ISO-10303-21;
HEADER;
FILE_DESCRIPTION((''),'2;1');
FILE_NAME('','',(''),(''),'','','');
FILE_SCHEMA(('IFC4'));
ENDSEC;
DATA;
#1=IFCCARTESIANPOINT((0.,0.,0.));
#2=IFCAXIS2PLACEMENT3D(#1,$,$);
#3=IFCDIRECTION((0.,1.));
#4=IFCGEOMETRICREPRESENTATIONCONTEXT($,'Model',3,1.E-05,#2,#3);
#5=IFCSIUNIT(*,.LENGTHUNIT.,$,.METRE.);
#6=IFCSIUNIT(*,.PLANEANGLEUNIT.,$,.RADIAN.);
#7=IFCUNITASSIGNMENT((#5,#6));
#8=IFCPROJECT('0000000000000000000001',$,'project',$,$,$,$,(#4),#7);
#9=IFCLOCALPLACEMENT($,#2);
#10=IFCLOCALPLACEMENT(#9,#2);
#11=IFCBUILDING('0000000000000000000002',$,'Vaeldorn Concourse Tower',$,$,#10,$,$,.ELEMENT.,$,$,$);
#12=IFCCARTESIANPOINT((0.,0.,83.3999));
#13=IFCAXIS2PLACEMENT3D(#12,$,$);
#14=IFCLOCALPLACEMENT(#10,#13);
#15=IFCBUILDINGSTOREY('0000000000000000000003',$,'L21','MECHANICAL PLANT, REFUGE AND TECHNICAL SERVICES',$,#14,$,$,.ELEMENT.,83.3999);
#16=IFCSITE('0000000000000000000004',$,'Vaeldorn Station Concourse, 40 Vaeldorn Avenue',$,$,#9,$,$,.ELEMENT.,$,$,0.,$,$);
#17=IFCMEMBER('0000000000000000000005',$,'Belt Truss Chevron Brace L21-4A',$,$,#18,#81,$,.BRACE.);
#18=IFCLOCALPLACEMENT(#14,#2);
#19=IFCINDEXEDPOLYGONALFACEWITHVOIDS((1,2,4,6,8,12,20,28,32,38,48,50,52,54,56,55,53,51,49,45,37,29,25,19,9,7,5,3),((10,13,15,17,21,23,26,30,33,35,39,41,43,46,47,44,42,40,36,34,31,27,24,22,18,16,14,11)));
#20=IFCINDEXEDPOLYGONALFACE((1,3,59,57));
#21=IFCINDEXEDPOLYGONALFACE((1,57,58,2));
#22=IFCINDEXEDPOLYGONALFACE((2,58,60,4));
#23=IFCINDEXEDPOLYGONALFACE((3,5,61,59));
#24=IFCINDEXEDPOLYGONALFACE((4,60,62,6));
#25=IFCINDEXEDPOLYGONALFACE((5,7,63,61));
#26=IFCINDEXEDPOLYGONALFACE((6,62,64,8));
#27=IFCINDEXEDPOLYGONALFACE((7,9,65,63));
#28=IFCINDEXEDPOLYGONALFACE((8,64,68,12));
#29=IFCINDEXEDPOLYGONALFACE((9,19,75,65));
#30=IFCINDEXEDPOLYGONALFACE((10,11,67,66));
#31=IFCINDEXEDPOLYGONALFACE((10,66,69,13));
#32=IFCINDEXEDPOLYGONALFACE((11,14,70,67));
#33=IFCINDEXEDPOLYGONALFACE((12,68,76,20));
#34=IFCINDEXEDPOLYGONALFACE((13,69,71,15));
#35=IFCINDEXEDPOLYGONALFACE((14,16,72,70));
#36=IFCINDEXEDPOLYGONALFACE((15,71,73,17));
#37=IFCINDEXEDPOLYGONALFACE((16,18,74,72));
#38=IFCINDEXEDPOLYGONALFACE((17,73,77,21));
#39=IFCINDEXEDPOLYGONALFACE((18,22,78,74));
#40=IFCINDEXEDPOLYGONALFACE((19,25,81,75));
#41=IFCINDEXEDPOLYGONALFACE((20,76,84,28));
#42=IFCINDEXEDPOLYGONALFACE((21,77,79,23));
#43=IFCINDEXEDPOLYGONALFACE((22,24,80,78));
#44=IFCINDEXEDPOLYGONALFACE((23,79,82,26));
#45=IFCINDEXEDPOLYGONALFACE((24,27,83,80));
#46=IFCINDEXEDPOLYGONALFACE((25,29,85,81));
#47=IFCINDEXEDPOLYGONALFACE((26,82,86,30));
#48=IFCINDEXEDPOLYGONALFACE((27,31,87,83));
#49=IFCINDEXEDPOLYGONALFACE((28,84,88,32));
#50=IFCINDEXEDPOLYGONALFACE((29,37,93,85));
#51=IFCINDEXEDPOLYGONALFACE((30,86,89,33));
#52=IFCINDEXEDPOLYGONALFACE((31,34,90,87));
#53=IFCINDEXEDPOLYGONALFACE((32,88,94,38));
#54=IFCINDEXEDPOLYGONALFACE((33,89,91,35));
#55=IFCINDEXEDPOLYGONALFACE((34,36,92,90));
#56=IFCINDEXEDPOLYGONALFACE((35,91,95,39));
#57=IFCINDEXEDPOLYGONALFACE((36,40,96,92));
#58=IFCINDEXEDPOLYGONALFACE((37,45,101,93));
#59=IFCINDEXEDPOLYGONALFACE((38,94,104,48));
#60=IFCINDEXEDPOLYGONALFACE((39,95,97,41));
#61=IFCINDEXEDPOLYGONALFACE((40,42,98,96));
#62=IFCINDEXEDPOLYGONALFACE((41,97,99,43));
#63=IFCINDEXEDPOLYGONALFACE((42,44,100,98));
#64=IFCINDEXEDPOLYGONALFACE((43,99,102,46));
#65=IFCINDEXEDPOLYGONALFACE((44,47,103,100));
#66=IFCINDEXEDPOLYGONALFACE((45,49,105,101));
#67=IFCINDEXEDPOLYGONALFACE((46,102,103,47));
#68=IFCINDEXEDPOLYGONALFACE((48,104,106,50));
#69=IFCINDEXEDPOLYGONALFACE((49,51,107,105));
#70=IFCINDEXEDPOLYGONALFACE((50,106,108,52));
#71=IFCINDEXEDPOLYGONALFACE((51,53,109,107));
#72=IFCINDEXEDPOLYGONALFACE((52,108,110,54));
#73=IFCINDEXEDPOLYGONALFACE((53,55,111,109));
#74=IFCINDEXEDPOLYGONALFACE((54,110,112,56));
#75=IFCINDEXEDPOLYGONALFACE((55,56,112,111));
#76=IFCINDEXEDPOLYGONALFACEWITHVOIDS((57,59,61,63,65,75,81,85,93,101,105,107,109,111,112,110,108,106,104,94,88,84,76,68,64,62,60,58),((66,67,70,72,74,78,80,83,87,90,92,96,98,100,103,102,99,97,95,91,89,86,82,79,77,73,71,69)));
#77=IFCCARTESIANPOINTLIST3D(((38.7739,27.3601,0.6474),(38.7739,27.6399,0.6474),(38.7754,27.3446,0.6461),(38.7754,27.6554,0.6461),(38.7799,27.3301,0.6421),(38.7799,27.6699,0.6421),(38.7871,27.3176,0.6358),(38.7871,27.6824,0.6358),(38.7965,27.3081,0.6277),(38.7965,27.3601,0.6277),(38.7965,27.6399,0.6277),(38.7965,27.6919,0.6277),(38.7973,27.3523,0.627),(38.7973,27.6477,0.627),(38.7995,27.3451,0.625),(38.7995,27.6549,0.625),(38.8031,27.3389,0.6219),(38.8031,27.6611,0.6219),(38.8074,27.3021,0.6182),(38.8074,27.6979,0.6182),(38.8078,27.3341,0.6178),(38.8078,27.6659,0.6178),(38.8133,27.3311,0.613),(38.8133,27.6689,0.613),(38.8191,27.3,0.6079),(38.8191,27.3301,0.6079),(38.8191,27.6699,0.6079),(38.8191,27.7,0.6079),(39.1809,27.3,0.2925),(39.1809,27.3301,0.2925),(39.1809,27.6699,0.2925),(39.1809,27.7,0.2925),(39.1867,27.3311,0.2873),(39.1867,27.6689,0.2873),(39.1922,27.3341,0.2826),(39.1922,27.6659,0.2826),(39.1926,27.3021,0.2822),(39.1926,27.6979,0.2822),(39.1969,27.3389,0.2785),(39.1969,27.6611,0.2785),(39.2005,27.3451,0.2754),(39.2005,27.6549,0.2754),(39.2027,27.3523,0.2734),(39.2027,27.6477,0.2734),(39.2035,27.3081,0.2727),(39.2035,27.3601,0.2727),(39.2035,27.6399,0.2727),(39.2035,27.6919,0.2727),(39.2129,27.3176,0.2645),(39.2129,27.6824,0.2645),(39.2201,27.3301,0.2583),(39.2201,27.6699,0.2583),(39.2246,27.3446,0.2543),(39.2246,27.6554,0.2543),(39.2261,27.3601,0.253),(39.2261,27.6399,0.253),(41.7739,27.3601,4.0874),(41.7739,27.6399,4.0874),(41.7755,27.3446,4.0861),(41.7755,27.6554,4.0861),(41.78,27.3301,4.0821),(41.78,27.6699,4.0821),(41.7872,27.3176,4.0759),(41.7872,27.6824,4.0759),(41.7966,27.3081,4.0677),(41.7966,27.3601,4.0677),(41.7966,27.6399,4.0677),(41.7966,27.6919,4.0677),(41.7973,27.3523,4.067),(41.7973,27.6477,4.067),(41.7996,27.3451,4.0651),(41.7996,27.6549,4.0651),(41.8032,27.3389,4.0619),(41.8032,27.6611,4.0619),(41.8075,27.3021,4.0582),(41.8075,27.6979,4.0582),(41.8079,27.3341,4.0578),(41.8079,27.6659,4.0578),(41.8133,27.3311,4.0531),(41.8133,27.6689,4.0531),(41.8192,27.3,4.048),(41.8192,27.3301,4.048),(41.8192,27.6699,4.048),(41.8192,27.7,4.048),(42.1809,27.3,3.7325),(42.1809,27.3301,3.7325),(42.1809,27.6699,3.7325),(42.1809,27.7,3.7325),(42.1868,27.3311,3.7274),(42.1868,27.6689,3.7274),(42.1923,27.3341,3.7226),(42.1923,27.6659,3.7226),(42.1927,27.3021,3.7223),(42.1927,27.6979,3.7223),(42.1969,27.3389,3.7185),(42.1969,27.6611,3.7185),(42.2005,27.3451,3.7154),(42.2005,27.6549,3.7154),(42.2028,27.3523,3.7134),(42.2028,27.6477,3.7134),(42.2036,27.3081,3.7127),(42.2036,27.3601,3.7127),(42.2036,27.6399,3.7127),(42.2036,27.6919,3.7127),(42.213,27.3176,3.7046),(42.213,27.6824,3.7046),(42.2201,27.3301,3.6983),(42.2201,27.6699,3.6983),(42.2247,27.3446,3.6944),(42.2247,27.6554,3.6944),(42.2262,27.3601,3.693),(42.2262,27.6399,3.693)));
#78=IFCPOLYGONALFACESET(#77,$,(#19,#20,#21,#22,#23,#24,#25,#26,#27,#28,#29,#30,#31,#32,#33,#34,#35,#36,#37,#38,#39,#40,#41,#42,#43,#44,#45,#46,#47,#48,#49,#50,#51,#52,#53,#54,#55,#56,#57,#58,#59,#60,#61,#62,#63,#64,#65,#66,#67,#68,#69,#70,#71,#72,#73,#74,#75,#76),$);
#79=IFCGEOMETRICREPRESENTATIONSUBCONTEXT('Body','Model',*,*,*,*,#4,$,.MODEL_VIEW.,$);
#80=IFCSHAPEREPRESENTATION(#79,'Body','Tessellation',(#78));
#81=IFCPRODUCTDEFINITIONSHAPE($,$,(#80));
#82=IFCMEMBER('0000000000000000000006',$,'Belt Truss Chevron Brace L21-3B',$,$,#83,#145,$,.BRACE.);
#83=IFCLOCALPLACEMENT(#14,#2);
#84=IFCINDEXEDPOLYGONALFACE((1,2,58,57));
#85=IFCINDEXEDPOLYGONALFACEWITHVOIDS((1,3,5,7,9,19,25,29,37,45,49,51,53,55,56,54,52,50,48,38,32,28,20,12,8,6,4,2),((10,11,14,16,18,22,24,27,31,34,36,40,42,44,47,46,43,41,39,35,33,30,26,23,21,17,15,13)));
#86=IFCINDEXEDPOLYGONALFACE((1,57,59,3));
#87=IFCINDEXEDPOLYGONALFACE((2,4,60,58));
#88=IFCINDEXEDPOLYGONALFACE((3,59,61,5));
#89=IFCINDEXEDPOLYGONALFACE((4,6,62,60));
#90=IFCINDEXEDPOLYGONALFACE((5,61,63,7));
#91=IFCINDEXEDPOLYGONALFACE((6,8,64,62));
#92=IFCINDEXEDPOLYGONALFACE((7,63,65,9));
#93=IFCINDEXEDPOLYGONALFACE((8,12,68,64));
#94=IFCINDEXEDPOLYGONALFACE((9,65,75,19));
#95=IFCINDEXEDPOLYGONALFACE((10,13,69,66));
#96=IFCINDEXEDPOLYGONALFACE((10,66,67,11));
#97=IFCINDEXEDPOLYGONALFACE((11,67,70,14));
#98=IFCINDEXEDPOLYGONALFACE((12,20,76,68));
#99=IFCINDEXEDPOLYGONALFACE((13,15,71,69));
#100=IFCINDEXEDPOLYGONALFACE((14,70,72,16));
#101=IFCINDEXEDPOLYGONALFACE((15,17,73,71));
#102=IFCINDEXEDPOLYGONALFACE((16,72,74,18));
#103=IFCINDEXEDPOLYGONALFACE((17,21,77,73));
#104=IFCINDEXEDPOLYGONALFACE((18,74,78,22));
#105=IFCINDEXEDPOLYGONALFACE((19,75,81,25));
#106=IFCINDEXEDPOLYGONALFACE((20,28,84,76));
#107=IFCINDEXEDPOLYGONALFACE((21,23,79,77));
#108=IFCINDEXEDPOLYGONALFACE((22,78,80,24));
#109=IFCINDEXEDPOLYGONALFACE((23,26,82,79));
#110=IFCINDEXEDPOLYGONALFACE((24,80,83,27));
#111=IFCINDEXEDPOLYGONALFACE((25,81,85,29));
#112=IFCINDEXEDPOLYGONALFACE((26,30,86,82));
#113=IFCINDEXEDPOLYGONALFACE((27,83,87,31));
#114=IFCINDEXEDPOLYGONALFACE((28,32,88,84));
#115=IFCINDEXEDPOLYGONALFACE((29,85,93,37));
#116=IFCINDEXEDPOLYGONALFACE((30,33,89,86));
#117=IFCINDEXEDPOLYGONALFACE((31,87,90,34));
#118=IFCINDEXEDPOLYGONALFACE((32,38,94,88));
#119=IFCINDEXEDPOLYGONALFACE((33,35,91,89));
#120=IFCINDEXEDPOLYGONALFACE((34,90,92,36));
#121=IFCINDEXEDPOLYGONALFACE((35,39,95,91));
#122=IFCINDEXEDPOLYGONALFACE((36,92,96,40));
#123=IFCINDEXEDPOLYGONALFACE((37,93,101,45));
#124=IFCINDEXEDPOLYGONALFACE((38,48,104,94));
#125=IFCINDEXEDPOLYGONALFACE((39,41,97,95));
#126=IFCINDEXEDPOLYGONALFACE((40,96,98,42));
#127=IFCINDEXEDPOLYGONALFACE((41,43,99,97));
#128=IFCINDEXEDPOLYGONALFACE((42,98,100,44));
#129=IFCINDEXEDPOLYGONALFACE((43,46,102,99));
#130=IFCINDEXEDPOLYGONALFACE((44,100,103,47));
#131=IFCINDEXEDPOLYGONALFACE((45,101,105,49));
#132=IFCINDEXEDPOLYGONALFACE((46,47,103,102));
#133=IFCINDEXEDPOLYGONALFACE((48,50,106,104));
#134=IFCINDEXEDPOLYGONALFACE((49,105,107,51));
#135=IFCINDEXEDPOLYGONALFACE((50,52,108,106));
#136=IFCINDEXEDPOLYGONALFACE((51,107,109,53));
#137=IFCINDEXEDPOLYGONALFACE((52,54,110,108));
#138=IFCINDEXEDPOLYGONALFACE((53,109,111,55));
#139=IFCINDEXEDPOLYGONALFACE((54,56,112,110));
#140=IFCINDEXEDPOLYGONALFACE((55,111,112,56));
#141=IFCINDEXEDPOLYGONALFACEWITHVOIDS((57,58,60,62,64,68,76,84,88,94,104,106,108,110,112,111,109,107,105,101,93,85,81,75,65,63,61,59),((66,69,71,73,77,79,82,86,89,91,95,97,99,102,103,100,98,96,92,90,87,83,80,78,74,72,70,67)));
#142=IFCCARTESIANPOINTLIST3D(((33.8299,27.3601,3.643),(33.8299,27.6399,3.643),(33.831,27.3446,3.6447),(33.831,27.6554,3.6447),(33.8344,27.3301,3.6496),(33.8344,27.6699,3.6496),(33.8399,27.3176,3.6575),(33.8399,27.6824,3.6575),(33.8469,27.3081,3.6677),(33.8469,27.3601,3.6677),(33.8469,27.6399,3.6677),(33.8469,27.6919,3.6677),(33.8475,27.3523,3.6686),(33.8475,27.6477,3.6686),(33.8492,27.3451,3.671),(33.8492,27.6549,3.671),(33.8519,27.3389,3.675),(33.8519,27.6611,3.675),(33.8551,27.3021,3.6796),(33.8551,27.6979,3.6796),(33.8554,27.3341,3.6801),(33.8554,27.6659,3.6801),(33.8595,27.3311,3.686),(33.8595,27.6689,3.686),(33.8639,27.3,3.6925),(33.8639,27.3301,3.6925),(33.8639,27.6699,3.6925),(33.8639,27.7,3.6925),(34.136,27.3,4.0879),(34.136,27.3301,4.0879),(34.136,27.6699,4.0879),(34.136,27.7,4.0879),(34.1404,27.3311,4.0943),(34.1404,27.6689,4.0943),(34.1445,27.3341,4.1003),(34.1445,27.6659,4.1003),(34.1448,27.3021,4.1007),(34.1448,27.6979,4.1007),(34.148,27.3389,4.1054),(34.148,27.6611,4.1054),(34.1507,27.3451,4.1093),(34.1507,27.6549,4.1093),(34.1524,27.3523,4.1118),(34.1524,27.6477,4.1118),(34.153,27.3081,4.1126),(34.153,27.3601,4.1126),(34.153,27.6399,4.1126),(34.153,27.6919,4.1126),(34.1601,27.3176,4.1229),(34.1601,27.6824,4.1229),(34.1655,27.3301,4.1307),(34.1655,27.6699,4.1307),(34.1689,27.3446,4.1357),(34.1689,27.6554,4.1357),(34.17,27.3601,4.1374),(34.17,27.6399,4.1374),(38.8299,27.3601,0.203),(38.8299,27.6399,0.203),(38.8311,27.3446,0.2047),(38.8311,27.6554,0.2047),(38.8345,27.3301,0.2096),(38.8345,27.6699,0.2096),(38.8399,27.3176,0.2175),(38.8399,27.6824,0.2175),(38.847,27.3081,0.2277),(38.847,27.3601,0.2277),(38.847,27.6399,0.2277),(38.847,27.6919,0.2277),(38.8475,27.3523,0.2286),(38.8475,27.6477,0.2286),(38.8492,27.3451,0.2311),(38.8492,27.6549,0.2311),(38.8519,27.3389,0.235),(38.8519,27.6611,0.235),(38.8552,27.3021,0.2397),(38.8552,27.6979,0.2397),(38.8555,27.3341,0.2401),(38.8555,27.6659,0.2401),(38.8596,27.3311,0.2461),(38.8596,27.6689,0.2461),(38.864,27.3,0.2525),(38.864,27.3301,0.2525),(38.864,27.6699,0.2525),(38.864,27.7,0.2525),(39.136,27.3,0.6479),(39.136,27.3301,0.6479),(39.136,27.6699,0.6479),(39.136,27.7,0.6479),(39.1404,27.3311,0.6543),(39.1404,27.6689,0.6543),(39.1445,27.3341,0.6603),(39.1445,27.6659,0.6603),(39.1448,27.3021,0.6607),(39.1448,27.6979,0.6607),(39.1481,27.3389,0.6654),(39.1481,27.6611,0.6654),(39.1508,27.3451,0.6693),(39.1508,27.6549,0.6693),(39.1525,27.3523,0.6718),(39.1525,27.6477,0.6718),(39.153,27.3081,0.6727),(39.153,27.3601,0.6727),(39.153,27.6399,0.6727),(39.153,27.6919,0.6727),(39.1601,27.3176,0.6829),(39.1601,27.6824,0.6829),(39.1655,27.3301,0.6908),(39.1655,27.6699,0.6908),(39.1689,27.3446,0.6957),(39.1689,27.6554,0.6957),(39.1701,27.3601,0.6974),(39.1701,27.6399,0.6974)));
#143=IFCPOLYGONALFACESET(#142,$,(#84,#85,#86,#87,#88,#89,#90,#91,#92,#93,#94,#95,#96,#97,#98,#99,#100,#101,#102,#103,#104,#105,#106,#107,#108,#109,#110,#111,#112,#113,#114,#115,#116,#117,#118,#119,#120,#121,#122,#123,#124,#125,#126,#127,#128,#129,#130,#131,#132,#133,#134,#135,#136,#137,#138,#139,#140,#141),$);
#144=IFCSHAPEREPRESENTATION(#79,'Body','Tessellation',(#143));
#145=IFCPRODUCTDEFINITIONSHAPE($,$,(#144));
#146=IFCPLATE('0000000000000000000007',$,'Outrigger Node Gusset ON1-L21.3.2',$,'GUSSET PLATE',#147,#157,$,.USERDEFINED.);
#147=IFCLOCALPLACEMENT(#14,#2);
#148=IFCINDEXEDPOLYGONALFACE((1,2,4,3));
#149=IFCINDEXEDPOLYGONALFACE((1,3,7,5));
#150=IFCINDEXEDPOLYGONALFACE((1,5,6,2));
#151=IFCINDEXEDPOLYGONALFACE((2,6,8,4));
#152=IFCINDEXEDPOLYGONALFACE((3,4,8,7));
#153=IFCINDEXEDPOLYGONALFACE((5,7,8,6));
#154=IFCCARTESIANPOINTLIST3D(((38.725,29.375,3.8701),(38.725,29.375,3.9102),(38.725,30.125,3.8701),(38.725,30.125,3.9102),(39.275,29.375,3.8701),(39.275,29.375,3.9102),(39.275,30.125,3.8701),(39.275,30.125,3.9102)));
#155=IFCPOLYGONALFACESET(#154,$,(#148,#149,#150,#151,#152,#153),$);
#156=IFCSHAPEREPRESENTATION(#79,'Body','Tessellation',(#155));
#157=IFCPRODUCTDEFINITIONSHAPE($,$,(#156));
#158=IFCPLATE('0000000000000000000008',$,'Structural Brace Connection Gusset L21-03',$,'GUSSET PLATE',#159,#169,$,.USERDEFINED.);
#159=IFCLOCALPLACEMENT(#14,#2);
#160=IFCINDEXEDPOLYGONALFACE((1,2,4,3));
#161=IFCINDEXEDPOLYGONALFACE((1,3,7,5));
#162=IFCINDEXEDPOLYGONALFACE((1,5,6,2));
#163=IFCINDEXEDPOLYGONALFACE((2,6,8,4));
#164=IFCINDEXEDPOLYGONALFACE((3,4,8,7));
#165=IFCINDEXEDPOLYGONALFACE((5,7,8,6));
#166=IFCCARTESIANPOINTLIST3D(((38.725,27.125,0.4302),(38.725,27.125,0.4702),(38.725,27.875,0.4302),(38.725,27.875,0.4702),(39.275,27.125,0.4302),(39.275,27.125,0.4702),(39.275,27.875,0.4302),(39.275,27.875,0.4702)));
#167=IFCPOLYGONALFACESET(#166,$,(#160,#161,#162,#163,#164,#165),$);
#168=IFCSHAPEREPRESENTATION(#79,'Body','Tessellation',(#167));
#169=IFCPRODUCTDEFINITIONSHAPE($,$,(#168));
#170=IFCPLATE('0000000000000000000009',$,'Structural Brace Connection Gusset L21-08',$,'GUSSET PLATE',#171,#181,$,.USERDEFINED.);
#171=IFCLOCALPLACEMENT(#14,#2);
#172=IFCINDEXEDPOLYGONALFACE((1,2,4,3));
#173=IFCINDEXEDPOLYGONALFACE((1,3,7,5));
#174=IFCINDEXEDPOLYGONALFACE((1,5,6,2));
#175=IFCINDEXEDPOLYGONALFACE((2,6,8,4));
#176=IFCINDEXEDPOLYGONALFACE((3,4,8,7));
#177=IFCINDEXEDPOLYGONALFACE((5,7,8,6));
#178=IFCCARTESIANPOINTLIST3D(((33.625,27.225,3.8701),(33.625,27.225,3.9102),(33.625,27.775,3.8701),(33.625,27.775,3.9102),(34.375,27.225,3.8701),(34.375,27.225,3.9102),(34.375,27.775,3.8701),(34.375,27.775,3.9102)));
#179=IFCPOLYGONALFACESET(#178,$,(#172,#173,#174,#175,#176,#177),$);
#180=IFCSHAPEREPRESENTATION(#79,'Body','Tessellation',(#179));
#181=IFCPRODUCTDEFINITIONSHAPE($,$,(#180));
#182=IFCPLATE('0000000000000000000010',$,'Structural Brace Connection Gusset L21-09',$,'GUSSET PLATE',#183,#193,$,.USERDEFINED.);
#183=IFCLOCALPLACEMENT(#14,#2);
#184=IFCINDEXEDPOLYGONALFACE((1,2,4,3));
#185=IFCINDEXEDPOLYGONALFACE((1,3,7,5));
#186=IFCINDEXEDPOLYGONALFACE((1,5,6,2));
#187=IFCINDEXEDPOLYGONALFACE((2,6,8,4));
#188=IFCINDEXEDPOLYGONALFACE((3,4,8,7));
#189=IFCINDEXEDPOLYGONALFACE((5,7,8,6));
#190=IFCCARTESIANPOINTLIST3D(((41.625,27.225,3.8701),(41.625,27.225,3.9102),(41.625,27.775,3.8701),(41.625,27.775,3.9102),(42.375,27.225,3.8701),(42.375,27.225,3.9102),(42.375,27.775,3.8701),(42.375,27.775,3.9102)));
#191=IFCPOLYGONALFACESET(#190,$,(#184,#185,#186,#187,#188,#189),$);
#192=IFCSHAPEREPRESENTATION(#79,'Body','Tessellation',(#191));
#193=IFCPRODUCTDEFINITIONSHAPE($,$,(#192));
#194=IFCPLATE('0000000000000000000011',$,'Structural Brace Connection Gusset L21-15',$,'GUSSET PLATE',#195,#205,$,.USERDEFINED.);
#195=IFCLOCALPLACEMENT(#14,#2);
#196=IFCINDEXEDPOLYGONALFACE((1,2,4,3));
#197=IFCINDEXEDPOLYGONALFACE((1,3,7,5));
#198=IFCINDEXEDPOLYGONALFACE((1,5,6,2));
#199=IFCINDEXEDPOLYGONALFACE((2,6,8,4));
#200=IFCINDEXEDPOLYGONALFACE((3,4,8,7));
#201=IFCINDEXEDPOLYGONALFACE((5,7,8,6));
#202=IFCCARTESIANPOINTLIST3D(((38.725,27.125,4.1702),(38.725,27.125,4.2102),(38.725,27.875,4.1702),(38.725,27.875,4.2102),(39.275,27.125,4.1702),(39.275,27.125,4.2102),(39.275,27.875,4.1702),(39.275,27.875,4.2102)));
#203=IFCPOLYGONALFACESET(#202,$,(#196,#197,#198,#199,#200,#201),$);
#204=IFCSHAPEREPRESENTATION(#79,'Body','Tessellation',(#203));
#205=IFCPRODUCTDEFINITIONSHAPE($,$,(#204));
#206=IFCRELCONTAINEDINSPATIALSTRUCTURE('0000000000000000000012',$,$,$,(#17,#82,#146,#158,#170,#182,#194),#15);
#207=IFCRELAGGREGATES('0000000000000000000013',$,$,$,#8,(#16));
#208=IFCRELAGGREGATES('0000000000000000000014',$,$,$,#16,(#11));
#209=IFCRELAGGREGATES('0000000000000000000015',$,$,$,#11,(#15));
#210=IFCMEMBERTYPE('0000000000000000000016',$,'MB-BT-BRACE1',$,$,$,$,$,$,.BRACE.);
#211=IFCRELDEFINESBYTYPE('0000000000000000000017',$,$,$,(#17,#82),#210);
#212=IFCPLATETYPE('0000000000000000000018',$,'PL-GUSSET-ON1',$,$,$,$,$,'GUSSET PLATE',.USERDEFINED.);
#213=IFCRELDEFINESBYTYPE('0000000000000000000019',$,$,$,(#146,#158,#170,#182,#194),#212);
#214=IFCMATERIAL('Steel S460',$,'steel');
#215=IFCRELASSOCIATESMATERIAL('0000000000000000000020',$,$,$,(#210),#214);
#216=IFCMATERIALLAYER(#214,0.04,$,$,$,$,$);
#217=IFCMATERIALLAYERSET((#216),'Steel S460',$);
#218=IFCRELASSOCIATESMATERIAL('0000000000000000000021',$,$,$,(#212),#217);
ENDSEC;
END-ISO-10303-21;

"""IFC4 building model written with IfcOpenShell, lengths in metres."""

from ifc_helpers import new_model, si_unit, direction, frame, origin, origin_2d, place, context, subcontext, project, spatial, rectangle, hollow_rectangle, extrude, source, transform, mapped, material, layer, layer_set, material_profile, profile_set, type_object, element, save


model = new_model("IFC4")

# Units and contexts
model_context = context("Model", 3, precision=1e-05, world=origin(), true_north=direction((0.0, 1.0)))
body_context = subcontext(model_context, "Body", "Model", "MODEL_VIEW")
ifc_project = project(units=[si_unit("LENGTHUNIT", "METRE"), si_unit("PLANEANGLEUNIT", "RADIAN")], contexts=[model_context])

# Site, building, storey
site_placement = place(None, origin())
site = spatial("IfcSite", under=ifc_project, at=site_placement, Name="Vaeldorn Station Concourse, 40 Vaeldorn Avenue", CompositionType="ELEMENT", RefElevation=0.0)
building_placement = place(site_placement, origin())
building = spatial("IfcBuilding", under=site, at=building_placement, Name="Vaeldorn Concourse Tower", CompositionType="ELEMENT")
storey_placement = place(building_placement, frame((0.0, 0.0, 83.3999)))
storey = spatial("IfcBuildingStorey", under=building, at=storey_placement, Name="L21", Description="MECHANICAL PLANT, REFUGE AND TECHNICAL SERVICES", CompositionType="ELEMENT", Elevation=83.3999)

# Shared definitions
ifc_material_1 = material(Name="Steel S460", Category="steel")

# Members
ifc_material_profile_1 = material_profile(ifc_material_1, hollow_rectangle(XDim=0.3999, YDim=0.6001, WallThickness=0.03, InnerFilletRadius=0.03, OuterFilletRadius=0.0601, at=origin_2d()), Name="RHS 600x400x30")
ifc_profile_set_1 = profile_set([ifc_material_profile_1], Name="Steel S460")
member_type_1 = type_object("IfcMemberType", Name="MB-BT-BRACE1", PredefinedType="BRACE", material=ifc_profile_set_1)
shared_shape_1 = source(origin(), body_context, "Body", "SweptSolid", [
    extrude(hollow_rectangle(XDim=0.3999, YDim=0.6001, WallThickness=0.03, InnerFilletRadius=0.03, OuterFilletRadius=0.0601, at=origin_2d()), origin(), (0.0, 0.0, 1.0), 4.5645),
])
member_1_placement = place(storey_placement, frame((39.0, 27.5, 0.4502), z_axis=(0.657269, 0.0, 0.753656), x_axis=(0.0, 1.0, 0.0)))
element("IfcMember", 1, at=member_1_placement, inside=storey, type_object=member_type_1, Name="Belt Truss Chevron Brace L21-4A", PredefinedType="BRACE", context=body_context, shape_type="MappedRepresentation", body=[
    mapped(shared_shape_1, transform((0.0, 0.0, 0.0), scale=1.0)),
])
shared_shape_2 = source(origin(), body_context, "Body", "SweptSolid", [
    extrude(hollow_rectangle(XDim=0.3999, YDim=0.6001, WallThickness=0.03, InnerFilletRadius=0.03, OuterFilletRadius=0.0601, at=origin_2d()), origin(), (0.0, 0.0, 1.0), 6.0691),
])
member_2_placement = place(storey_placement, frame((39.0, 27.5, 0.4502), z_axis=(-0.823854, 0.0, 0.566802), x_axis=(0.0, -1.0, 0.0)))
element("IfcMember", 2, at=member_2_placement, inside=storey, type_object=member_type_1, Name="Belt Truss Chevron Brace L21-3B", PredefinedType="BRACE", context=body_context, shape_type="MappedRepresentation", body=[
    mapped(shared_shape_2, transform((0.0, 0.0, 0.0), scale=1.0)),
])

# Plates
ifc_layer_1 = layer(ifc_material_1, 0.04)
ifc_layer_set_1 = layer_set([ifc_layer_1], Name="Steel S460")
plate_type_1 = type_object("IfcPlateType", Name="PL-GUSSET-ON1", ElementType="GUSSET PLATE", PredefinedType="USERDEFINED", material=ifc_layer_set_1)
shared_shape_3 = source(origin(), body_context, "Body", "SweptSolid", [
    extrude(rectangle(XDim=0.75, YDim=0.55, at=origin_2d()), origin(), (0.0, 0.0, 1.0), 0.04),
])
for number, where, z_axis, x_axis, name in (
    (3, (39.0, 29.75, 3.8701), (0.0, 0.0, 1.0), (0.0, 1.0, 0.0), "Outrigger Node Gusset ON1-L21.3.2"),
    (4, (39.0, 27.5, 0.4302), (0.0, 0.0, 1.0), (0.0, 1.0, 0.0), "Structural Brace Connection Gusset L21-03"),
    (5, (34.0, 27.5, 3.8701), (0.0, 0.0, 1.0), (1.0, 0.0, 0.0), "Structural Brace Connection Gusset L21-08"),
    (6, (42.0, 27.5, 3.8701), (0.0, 0.0, 1.0), (1.0, 0.0, 0.0), "Structural Brace Connection Gusset L21-09"),
    (7, (39.0, 27.5, 4.1702), (0.0, 0.0, 1.0), (0.0, 1.0, 0.0), "Structural Brace Connection Gusset L21-15"),
):
    element("IfcPlate", number, at=place(storey_placement, frame(where, z_axis=z_axis, x_axis=x_axis)), inside=storey, type_object=plate_type_1, Name=name, ObjectType="GUSSET PLATE", PredefinedType="USERDEFINED", context=body_context, shape_type="MappedRepresentation", body=[
        mapped(shared_shape_3, transform((0.0, 0.0, 0.0), scale=1.0)),
    ])

save(model, "model.ifc")
